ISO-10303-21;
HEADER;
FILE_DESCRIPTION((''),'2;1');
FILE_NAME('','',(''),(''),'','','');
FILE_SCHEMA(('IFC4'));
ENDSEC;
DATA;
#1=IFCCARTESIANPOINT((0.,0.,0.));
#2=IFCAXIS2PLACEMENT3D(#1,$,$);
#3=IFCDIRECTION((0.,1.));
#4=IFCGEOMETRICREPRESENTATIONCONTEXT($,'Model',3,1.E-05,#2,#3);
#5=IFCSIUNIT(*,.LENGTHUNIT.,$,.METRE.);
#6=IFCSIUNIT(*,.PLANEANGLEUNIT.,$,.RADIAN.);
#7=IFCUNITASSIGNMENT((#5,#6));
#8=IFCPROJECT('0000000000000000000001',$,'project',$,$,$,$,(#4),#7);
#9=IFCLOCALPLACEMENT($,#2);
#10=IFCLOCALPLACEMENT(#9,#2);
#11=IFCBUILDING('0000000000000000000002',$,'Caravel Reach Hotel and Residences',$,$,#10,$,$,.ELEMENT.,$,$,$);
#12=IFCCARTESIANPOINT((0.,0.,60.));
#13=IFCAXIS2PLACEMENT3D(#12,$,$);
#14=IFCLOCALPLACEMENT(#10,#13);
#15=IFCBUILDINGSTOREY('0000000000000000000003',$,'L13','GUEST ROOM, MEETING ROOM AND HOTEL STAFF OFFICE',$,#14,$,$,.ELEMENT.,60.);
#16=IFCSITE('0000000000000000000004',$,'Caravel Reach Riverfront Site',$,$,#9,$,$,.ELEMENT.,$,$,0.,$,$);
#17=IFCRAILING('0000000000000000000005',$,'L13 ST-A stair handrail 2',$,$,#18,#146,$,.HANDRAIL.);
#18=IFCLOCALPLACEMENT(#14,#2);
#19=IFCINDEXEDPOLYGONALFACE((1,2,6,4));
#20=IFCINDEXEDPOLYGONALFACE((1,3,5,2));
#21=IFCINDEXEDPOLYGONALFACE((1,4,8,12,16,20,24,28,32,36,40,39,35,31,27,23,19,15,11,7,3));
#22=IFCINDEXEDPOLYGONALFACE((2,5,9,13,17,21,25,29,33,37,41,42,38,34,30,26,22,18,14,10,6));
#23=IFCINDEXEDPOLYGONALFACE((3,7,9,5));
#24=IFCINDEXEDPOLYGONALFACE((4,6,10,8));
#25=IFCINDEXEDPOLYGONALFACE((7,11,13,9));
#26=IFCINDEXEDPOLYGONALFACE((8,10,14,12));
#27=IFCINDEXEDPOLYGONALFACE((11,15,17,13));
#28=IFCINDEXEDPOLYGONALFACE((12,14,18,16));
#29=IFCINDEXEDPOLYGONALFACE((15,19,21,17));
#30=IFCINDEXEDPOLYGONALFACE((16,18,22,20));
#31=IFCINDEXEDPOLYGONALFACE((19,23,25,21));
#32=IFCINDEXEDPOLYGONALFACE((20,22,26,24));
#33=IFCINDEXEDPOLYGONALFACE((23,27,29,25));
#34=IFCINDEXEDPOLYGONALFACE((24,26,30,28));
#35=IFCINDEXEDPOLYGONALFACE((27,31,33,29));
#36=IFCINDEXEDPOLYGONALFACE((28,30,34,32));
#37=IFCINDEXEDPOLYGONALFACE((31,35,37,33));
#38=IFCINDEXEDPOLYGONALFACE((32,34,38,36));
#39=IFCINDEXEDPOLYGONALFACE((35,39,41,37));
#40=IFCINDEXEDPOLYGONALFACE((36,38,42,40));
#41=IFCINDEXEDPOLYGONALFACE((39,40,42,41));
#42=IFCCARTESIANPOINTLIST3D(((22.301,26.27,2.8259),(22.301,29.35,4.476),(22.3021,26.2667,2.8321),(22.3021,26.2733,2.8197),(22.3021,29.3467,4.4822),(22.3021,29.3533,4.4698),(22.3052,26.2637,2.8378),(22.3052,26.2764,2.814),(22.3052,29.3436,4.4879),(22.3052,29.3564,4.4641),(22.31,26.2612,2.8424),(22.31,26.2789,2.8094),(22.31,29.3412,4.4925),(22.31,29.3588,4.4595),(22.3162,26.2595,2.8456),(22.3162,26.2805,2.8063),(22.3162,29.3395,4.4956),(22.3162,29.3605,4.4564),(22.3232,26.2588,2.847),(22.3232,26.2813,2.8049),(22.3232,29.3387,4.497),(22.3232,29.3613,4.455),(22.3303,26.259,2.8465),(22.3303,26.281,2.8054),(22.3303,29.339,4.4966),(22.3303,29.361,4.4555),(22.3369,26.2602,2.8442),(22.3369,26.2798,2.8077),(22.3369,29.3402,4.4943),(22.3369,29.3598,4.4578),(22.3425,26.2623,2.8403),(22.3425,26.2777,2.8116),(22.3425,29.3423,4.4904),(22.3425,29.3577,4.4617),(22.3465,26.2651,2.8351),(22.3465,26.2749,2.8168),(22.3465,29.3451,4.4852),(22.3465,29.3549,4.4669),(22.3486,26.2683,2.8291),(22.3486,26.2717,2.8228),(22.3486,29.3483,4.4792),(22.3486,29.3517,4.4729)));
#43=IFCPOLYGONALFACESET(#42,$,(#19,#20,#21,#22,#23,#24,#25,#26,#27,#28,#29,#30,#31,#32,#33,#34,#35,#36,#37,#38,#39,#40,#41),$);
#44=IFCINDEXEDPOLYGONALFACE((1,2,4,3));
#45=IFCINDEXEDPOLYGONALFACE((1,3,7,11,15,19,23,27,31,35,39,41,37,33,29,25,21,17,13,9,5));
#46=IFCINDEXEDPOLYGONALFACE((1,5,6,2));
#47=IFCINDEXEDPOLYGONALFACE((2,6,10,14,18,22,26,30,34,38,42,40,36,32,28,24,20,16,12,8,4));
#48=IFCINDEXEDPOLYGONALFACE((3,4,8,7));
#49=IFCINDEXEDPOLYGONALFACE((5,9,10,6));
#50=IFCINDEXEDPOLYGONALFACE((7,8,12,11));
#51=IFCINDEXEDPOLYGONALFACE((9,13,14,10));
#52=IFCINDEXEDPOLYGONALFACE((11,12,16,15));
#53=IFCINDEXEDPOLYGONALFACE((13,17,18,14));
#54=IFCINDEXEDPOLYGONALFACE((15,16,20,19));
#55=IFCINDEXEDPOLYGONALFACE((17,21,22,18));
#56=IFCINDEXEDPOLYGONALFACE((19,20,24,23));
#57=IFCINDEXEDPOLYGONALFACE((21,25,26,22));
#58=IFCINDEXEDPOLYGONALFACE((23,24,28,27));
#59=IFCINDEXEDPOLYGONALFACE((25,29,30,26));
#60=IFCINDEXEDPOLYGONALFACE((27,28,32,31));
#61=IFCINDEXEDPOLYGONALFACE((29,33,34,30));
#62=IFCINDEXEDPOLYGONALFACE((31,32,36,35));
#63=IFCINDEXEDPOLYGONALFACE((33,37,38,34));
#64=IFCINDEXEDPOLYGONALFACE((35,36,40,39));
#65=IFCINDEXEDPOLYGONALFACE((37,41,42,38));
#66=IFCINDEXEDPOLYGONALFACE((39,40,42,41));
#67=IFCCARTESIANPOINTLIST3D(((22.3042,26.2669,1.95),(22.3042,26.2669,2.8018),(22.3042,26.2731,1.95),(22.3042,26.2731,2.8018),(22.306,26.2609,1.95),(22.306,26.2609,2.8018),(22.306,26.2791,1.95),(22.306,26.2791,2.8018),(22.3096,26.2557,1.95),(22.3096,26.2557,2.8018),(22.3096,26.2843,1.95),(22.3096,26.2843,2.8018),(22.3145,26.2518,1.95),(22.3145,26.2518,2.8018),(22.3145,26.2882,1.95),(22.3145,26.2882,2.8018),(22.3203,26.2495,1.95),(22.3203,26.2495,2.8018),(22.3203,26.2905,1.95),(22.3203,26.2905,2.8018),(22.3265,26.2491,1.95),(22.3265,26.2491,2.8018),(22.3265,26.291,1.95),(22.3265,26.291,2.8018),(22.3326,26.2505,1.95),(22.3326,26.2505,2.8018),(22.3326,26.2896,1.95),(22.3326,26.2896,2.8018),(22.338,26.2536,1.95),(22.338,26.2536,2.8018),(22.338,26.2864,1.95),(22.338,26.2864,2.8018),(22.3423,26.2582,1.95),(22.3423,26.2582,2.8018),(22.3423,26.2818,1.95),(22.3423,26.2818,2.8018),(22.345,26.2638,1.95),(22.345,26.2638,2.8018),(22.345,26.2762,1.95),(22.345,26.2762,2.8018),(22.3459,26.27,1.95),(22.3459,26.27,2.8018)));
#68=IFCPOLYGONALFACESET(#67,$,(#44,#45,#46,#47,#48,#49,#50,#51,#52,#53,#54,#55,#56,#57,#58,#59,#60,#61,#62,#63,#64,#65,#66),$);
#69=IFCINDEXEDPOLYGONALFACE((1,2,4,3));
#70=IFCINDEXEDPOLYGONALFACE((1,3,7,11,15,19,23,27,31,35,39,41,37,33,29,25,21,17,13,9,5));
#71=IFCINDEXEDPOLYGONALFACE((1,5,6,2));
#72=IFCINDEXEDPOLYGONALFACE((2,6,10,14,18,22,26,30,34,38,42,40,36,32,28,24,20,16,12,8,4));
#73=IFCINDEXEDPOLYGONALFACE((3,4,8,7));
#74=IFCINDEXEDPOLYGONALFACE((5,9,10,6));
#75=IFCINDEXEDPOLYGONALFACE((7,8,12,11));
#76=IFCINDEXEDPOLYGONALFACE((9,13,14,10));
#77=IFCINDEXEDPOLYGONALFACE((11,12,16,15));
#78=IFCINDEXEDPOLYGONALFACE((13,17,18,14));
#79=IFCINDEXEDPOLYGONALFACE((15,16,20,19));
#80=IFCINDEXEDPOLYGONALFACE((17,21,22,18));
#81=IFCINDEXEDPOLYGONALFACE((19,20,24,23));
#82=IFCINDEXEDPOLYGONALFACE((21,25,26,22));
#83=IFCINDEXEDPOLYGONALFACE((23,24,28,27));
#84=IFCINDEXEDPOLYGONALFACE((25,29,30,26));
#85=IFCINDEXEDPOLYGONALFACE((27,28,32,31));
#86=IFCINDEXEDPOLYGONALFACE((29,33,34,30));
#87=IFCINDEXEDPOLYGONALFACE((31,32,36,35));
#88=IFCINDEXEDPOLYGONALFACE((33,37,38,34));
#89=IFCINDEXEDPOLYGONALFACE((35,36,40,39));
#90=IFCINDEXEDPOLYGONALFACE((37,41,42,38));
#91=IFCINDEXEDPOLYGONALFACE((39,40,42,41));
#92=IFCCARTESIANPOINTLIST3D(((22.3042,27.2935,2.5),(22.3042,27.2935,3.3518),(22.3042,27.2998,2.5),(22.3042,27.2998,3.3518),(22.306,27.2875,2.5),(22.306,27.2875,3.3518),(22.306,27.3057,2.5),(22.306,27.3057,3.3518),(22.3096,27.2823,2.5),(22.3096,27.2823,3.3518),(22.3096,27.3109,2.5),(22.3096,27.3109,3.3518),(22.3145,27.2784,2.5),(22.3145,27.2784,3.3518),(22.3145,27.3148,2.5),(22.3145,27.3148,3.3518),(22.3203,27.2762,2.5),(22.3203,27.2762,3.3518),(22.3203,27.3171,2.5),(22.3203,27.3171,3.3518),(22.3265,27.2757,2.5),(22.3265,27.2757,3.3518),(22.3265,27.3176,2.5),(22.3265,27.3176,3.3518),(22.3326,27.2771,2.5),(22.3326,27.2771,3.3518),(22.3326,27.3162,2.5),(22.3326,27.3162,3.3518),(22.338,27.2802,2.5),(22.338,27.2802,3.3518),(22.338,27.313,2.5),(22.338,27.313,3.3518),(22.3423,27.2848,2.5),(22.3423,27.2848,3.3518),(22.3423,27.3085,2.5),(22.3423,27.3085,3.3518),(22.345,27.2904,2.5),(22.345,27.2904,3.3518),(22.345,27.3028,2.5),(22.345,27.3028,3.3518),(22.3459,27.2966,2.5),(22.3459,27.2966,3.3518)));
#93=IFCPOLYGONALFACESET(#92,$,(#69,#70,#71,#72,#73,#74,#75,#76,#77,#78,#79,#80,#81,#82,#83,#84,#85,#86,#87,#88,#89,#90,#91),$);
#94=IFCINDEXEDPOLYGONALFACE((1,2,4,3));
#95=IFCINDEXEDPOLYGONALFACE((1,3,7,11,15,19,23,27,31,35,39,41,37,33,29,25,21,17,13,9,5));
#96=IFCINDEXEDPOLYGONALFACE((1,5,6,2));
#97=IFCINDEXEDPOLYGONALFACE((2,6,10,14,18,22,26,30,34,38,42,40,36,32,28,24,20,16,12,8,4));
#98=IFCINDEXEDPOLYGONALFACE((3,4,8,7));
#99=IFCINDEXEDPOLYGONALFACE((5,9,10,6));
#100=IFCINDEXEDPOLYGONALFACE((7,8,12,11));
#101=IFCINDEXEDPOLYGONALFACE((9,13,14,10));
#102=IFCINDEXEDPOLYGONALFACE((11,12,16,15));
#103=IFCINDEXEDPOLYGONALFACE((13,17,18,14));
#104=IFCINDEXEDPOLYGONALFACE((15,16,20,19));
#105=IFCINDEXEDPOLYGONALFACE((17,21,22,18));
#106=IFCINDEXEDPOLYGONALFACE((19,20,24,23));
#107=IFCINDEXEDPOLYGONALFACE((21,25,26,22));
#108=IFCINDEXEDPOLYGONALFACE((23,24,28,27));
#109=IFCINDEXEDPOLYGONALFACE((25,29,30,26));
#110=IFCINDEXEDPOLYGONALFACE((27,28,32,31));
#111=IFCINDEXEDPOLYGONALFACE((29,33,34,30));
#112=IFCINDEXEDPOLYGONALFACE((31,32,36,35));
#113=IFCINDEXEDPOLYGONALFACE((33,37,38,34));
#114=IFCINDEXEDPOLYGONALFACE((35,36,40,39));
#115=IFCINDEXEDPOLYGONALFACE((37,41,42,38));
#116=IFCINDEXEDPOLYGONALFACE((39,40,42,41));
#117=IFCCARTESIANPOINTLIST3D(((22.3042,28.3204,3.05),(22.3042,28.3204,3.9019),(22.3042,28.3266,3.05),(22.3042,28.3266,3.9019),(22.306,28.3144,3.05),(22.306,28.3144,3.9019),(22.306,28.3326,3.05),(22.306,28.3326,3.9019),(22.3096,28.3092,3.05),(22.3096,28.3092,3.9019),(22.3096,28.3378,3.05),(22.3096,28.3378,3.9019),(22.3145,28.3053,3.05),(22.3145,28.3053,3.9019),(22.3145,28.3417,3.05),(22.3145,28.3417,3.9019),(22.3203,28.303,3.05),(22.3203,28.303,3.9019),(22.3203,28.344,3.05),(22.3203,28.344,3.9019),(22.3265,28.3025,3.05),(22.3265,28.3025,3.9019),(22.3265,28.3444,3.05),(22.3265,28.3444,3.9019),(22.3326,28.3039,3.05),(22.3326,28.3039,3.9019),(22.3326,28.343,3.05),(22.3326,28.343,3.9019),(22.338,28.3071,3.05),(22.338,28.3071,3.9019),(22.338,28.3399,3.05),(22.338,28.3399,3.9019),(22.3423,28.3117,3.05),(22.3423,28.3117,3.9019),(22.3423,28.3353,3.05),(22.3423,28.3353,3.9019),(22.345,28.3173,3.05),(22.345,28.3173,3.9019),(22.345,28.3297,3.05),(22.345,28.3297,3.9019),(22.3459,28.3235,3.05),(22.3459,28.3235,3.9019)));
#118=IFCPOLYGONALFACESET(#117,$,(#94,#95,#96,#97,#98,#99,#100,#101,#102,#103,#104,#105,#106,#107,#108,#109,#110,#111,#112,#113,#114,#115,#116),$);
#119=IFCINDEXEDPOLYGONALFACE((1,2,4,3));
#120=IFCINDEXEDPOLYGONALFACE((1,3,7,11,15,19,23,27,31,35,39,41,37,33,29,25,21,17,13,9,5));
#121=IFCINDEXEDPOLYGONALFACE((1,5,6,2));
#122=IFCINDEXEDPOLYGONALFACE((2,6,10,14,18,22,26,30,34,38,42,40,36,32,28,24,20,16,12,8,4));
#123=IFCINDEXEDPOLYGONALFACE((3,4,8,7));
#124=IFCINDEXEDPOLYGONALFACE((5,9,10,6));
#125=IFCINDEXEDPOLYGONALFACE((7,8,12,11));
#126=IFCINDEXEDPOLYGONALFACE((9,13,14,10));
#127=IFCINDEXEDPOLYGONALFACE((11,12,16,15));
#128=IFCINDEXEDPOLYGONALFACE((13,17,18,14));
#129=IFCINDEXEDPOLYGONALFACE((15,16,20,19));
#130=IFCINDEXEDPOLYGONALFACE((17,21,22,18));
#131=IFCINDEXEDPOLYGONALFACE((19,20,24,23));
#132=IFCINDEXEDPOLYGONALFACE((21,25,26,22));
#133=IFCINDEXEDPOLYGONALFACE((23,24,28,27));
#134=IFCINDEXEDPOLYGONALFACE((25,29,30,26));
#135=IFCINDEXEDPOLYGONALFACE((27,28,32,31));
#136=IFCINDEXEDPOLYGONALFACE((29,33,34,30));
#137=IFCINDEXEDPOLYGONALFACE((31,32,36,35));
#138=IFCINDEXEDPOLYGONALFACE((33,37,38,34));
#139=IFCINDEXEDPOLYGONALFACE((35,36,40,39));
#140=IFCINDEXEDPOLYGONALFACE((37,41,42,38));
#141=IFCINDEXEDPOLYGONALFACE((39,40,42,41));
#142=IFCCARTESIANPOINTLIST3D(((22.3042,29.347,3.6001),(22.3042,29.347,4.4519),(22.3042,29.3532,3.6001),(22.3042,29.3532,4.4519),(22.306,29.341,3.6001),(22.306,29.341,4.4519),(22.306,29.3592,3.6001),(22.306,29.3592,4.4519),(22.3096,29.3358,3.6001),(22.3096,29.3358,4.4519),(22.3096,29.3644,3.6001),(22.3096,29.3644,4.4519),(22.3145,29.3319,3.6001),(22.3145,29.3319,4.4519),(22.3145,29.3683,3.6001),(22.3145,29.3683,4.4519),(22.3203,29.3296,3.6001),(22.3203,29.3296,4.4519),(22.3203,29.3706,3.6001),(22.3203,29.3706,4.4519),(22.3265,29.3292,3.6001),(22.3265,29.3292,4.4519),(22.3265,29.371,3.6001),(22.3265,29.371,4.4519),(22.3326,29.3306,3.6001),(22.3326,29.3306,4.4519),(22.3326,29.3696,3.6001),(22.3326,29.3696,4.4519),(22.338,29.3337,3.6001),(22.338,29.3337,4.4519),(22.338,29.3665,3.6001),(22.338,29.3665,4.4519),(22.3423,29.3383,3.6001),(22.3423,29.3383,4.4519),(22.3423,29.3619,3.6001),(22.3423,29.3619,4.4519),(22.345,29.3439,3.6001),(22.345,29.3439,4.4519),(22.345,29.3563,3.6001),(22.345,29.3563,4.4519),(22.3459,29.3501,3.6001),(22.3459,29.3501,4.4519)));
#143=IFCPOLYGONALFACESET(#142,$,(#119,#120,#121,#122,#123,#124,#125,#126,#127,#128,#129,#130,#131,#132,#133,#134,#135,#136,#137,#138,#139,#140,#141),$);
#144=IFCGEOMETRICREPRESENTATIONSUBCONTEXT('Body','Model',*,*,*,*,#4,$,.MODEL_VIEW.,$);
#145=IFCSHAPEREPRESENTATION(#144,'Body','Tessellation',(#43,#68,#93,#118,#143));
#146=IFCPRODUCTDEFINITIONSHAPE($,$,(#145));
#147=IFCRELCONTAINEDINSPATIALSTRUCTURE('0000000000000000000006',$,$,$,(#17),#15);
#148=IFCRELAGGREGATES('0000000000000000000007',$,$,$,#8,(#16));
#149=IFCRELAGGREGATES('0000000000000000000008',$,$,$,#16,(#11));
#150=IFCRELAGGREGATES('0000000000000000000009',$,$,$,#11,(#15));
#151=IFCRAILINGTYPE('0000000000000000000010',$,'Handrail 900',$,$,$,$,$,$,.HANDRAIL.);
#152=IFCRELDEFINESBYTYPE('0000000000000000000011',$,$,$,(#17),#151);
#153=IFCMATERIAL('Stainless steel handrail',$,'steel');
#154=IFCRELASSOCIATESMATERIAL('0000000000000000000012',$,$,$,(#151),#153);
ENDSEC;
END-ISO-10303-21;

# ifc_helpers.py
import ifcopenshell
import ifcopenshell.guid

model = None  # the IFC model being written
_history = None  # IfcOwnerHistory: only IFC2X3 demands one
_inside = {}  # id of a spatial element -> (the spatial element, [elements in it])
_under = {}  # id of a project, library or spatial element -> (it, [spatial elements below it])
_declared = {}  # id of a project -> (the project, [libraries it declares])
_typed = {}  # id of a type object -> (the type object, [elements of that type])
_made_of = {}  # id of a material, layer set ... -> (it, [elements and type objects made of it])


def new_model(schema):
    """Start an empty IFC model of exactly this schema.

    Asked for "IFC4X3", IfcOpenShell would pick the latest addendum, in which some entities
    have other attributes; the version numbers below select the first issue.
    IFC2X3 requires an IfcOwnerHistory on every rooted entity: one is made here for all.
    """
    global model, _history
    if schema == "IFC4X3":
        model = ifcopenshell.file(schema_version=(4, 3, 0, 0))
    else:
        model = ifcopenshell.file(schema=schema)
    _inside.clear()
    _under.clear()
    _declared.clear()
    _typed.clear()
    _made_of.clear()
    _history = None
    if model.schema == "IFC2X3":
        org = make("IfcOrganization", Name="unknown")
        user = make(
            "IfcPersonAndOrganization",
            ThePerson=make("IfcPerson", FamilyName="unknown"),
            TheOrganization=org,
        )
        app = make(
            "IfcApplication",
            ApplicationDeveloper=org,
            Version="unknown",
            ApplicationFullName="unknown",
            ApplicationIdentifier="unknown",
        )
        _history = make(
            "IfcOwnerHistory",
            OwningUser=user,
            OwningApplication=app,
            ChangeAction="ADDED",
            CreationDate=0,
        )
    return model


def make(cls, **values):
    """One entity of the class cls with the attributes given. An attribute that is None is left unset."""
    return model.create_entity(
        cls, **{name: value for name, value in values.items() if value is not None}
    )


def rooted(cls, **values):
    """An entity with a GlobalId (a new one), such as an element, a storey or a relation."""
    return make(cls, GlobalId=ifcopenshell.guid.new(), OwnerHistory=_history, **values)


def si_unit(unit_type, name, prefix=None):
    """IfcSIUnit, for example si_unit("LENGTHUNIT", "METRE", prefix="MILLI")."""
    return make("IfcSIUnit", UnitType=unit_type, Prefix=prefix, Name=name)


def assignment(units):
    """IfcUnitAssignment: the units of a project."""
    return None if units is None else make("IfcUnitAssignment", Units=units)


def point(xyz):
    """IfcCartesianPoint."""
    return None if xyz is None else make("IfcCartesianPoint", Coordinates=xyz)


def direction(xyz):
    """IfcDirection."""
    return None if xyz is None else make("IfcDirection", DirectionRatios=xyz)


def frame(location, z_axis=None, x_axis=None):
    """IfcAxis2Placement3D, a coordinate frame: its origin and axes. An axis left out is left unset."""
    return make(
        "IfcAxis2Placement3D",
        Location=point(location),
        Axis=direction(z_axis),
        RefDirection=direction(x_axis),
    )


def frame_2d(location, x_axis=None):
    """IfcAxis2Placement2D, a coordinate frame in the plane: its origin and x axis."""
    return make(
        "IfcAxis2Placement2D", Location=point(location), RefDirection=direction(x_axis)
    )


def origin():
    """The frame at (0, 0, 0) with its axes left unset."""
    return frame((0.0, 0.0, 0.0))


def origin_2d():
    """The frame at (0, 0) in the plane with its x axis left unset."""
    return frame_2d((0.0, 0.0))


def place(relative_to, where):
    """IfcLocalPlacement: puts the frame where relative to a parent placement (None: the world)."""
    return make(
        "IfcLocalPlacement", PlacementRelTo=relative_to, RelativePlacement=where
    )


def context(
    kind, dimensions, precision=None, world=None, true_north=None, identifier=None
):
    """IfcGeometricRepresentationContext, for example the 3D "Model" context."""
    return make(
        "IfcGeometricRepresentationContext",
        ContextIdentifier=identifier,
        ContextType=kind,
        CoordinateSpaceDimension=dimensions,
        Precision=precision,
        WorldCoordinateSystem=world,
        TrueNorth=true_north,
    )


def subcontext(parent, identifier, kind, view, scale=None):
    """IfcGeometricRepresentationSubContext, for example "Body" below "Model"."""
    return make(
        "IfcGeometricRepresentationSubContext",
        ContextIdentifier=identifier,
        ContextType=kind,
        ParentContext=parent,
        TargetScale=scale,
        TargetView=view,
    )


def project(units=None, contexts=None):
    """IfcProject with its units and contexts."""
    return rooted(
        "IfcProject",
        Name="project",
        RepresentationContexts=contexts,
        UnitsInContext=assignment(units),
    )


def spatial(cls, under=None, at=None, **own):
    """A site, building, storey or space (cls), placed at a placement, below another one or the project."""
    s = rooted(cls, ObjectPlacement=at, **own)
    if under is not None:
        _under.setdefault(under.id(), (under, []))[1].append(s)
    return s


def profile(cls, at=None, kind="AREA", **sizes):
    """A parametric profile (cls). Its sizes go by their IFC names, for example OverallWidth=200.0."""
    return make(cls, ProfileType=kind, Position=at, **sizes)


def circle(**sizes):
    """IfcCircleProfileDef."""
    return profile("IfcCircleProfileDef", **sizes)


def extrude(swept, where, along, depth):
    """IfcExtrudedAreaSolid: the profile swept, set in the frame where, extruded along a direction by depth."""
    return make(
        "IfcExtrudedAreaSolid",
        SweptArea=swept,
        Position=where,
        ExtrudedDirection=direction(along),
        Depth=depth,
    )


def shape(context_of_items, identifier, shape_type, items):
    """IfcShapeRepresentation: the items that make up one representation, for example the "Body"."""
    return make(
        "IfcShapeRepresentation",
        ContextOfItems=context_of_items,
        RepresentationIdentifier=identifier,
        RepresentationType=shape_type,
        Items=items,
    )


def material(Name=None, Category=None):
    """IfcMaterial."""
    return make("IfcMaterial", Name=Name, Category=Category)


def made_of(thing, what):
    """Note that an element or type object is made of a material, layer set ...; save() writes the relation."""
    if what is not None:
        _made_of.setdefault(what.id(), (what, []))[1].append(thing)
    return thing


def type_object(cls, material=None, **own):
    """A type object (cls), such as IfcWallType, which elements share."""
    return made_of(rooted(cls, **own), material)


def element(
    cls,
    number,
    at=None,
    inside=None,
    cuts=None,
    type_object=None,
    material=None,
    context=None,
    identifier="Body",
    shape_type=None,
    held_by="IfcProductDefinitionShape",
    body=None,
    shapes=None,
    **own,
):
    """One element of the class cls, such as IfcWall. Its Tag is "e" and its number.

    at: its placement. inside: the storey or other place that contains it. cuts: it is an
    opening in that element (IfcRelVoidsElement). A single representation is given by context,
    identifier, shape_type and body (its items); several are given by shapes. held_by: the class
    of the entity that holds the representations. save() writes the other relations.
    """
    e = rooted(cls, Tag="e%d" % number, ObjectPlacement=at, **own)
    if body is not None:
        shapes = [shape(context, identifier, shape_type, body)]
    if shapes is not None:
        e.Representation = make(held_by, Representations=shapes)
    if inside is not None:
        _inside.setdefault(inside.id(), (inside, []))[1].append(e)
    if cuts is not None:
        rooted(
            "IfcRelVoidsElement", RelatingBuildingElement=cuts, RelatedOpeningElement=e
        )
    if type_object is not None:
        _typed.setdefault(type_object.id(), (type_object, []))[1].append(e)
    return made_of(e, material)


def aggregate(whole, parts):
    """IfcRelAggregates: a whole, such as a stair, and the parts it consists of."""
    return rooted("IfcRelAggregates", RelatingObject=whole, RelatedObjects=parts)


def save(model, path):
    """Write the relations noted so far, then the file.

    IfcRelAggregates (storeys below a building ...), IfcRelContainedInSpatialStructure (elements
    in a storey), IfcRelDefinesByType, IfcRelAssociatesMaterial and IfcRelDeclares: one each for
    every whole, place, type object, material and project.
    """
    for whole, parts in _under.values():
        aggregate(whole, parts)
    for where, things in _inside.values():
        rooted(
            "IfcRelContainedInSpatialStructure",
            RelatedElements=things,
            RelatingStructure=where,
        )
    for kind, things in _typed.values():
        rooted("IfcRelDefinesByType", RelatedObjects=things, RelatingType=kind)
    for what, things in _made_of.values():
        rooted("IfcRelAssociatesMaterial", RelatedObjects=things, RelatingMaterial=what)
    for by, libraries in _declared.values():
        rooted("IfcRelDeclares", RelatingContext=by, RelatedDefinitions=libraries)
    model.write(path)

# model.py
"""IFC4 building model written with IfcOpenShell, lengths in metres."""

from ifc_helpers import new_model, si_unit, direction, frame, origin, origin_2d, place, context, subcontext, project, spatial, circle, extrude, material, type_object, element, save


model = new_model("IFC4")

# Units and contexts
model_context = context("Model", 3, precision=1e-05, world=origin(), true_north=direction((0.0, 1.0)))
body_context = subcontext(model_context, "Body", "Model", "MODEL_VIEW")
ifc_project = project(units=[si_unit("LENGTHUNIT", "METRE"), si_unit("PLANEANGLEUNIT", "RADIAN")], contexts=[model_context])

# Site, building, storey
site_placement = place(None, origin())
site = spatial("IfcSite", under=ifc_project, at=site_placement, Name="Caravel Reach Riverfront Site", CompositionType="ELEMENT", RefElevation=0.0)
building_placement = place(site_placement, origin())
building = spatial("IfcBuilding", under=site, at=building_placement, Name="Caravel Reach Hotel and Residences", CompositionType="ELEMENT")
storey_placement = place(building_placement, frame((0.0, 0.0, 60.0)))
storey = spatial("IfcBuildingStorey", under=building, at=storey_placement, Name="L13", Description="GUEST ROOM, MEETING ROOM AND HOTEL STAFF OFFICE", CompositionType="ELEMENT", Elevation=60.0)

# Railing
ifc_material_1 = material(Name="Stainless steel handrail", Category="steel")
railing_type_1 = type_object("IfcRailingType", Name="Handrail 900", PredefinedType="HANDRAIL", material=ifc_material_1)
railing_1_placement = place(storey_placement, frame((22.325, 26.27, 1.95)))
element("IfcRailing", 1, at=railing_1_placement, inside=storey, type_object=railing_type_1, Name="L13 ST-A stair handrail 2", PredefinedType="HANDRAIL", context=body_context, shape_type="SweptSolid", body=[
    extrude(circle(Radius=0.0239, at=origin_2d()), frame((0.0, 0.0, 0.876), z_axis=(0.0, 0.881468, 0.472245), x_axis=(-1.0, 0.0, 0.0)), (0.0, 0.0, 1.0), 3.4941),
    extrude(circle(Radius=0.021, at=origin_2d()), origin(), (0.0, 0.0, 1.0), 0.8518),
    extrude(circle(Radius=0.021, at=origin_2d()), frame((0.0, 1.0266, 0.55)), (0.0, 0.0, 1.0), 0.8518),
    extrude(circle(Radius=0.021, at=origin_2d()), frame((0.0, 2.0535, 1.1001)), (0.0, 0.0, 1.0), 0.8518),
    extrude(circle(Radius=0.021, at=origin_2d()), frame((0.0, 3.0801, 1.6501)), (0.0, 0.0, 1.0), 0.8518),
])

save(model, "model.ifc")
